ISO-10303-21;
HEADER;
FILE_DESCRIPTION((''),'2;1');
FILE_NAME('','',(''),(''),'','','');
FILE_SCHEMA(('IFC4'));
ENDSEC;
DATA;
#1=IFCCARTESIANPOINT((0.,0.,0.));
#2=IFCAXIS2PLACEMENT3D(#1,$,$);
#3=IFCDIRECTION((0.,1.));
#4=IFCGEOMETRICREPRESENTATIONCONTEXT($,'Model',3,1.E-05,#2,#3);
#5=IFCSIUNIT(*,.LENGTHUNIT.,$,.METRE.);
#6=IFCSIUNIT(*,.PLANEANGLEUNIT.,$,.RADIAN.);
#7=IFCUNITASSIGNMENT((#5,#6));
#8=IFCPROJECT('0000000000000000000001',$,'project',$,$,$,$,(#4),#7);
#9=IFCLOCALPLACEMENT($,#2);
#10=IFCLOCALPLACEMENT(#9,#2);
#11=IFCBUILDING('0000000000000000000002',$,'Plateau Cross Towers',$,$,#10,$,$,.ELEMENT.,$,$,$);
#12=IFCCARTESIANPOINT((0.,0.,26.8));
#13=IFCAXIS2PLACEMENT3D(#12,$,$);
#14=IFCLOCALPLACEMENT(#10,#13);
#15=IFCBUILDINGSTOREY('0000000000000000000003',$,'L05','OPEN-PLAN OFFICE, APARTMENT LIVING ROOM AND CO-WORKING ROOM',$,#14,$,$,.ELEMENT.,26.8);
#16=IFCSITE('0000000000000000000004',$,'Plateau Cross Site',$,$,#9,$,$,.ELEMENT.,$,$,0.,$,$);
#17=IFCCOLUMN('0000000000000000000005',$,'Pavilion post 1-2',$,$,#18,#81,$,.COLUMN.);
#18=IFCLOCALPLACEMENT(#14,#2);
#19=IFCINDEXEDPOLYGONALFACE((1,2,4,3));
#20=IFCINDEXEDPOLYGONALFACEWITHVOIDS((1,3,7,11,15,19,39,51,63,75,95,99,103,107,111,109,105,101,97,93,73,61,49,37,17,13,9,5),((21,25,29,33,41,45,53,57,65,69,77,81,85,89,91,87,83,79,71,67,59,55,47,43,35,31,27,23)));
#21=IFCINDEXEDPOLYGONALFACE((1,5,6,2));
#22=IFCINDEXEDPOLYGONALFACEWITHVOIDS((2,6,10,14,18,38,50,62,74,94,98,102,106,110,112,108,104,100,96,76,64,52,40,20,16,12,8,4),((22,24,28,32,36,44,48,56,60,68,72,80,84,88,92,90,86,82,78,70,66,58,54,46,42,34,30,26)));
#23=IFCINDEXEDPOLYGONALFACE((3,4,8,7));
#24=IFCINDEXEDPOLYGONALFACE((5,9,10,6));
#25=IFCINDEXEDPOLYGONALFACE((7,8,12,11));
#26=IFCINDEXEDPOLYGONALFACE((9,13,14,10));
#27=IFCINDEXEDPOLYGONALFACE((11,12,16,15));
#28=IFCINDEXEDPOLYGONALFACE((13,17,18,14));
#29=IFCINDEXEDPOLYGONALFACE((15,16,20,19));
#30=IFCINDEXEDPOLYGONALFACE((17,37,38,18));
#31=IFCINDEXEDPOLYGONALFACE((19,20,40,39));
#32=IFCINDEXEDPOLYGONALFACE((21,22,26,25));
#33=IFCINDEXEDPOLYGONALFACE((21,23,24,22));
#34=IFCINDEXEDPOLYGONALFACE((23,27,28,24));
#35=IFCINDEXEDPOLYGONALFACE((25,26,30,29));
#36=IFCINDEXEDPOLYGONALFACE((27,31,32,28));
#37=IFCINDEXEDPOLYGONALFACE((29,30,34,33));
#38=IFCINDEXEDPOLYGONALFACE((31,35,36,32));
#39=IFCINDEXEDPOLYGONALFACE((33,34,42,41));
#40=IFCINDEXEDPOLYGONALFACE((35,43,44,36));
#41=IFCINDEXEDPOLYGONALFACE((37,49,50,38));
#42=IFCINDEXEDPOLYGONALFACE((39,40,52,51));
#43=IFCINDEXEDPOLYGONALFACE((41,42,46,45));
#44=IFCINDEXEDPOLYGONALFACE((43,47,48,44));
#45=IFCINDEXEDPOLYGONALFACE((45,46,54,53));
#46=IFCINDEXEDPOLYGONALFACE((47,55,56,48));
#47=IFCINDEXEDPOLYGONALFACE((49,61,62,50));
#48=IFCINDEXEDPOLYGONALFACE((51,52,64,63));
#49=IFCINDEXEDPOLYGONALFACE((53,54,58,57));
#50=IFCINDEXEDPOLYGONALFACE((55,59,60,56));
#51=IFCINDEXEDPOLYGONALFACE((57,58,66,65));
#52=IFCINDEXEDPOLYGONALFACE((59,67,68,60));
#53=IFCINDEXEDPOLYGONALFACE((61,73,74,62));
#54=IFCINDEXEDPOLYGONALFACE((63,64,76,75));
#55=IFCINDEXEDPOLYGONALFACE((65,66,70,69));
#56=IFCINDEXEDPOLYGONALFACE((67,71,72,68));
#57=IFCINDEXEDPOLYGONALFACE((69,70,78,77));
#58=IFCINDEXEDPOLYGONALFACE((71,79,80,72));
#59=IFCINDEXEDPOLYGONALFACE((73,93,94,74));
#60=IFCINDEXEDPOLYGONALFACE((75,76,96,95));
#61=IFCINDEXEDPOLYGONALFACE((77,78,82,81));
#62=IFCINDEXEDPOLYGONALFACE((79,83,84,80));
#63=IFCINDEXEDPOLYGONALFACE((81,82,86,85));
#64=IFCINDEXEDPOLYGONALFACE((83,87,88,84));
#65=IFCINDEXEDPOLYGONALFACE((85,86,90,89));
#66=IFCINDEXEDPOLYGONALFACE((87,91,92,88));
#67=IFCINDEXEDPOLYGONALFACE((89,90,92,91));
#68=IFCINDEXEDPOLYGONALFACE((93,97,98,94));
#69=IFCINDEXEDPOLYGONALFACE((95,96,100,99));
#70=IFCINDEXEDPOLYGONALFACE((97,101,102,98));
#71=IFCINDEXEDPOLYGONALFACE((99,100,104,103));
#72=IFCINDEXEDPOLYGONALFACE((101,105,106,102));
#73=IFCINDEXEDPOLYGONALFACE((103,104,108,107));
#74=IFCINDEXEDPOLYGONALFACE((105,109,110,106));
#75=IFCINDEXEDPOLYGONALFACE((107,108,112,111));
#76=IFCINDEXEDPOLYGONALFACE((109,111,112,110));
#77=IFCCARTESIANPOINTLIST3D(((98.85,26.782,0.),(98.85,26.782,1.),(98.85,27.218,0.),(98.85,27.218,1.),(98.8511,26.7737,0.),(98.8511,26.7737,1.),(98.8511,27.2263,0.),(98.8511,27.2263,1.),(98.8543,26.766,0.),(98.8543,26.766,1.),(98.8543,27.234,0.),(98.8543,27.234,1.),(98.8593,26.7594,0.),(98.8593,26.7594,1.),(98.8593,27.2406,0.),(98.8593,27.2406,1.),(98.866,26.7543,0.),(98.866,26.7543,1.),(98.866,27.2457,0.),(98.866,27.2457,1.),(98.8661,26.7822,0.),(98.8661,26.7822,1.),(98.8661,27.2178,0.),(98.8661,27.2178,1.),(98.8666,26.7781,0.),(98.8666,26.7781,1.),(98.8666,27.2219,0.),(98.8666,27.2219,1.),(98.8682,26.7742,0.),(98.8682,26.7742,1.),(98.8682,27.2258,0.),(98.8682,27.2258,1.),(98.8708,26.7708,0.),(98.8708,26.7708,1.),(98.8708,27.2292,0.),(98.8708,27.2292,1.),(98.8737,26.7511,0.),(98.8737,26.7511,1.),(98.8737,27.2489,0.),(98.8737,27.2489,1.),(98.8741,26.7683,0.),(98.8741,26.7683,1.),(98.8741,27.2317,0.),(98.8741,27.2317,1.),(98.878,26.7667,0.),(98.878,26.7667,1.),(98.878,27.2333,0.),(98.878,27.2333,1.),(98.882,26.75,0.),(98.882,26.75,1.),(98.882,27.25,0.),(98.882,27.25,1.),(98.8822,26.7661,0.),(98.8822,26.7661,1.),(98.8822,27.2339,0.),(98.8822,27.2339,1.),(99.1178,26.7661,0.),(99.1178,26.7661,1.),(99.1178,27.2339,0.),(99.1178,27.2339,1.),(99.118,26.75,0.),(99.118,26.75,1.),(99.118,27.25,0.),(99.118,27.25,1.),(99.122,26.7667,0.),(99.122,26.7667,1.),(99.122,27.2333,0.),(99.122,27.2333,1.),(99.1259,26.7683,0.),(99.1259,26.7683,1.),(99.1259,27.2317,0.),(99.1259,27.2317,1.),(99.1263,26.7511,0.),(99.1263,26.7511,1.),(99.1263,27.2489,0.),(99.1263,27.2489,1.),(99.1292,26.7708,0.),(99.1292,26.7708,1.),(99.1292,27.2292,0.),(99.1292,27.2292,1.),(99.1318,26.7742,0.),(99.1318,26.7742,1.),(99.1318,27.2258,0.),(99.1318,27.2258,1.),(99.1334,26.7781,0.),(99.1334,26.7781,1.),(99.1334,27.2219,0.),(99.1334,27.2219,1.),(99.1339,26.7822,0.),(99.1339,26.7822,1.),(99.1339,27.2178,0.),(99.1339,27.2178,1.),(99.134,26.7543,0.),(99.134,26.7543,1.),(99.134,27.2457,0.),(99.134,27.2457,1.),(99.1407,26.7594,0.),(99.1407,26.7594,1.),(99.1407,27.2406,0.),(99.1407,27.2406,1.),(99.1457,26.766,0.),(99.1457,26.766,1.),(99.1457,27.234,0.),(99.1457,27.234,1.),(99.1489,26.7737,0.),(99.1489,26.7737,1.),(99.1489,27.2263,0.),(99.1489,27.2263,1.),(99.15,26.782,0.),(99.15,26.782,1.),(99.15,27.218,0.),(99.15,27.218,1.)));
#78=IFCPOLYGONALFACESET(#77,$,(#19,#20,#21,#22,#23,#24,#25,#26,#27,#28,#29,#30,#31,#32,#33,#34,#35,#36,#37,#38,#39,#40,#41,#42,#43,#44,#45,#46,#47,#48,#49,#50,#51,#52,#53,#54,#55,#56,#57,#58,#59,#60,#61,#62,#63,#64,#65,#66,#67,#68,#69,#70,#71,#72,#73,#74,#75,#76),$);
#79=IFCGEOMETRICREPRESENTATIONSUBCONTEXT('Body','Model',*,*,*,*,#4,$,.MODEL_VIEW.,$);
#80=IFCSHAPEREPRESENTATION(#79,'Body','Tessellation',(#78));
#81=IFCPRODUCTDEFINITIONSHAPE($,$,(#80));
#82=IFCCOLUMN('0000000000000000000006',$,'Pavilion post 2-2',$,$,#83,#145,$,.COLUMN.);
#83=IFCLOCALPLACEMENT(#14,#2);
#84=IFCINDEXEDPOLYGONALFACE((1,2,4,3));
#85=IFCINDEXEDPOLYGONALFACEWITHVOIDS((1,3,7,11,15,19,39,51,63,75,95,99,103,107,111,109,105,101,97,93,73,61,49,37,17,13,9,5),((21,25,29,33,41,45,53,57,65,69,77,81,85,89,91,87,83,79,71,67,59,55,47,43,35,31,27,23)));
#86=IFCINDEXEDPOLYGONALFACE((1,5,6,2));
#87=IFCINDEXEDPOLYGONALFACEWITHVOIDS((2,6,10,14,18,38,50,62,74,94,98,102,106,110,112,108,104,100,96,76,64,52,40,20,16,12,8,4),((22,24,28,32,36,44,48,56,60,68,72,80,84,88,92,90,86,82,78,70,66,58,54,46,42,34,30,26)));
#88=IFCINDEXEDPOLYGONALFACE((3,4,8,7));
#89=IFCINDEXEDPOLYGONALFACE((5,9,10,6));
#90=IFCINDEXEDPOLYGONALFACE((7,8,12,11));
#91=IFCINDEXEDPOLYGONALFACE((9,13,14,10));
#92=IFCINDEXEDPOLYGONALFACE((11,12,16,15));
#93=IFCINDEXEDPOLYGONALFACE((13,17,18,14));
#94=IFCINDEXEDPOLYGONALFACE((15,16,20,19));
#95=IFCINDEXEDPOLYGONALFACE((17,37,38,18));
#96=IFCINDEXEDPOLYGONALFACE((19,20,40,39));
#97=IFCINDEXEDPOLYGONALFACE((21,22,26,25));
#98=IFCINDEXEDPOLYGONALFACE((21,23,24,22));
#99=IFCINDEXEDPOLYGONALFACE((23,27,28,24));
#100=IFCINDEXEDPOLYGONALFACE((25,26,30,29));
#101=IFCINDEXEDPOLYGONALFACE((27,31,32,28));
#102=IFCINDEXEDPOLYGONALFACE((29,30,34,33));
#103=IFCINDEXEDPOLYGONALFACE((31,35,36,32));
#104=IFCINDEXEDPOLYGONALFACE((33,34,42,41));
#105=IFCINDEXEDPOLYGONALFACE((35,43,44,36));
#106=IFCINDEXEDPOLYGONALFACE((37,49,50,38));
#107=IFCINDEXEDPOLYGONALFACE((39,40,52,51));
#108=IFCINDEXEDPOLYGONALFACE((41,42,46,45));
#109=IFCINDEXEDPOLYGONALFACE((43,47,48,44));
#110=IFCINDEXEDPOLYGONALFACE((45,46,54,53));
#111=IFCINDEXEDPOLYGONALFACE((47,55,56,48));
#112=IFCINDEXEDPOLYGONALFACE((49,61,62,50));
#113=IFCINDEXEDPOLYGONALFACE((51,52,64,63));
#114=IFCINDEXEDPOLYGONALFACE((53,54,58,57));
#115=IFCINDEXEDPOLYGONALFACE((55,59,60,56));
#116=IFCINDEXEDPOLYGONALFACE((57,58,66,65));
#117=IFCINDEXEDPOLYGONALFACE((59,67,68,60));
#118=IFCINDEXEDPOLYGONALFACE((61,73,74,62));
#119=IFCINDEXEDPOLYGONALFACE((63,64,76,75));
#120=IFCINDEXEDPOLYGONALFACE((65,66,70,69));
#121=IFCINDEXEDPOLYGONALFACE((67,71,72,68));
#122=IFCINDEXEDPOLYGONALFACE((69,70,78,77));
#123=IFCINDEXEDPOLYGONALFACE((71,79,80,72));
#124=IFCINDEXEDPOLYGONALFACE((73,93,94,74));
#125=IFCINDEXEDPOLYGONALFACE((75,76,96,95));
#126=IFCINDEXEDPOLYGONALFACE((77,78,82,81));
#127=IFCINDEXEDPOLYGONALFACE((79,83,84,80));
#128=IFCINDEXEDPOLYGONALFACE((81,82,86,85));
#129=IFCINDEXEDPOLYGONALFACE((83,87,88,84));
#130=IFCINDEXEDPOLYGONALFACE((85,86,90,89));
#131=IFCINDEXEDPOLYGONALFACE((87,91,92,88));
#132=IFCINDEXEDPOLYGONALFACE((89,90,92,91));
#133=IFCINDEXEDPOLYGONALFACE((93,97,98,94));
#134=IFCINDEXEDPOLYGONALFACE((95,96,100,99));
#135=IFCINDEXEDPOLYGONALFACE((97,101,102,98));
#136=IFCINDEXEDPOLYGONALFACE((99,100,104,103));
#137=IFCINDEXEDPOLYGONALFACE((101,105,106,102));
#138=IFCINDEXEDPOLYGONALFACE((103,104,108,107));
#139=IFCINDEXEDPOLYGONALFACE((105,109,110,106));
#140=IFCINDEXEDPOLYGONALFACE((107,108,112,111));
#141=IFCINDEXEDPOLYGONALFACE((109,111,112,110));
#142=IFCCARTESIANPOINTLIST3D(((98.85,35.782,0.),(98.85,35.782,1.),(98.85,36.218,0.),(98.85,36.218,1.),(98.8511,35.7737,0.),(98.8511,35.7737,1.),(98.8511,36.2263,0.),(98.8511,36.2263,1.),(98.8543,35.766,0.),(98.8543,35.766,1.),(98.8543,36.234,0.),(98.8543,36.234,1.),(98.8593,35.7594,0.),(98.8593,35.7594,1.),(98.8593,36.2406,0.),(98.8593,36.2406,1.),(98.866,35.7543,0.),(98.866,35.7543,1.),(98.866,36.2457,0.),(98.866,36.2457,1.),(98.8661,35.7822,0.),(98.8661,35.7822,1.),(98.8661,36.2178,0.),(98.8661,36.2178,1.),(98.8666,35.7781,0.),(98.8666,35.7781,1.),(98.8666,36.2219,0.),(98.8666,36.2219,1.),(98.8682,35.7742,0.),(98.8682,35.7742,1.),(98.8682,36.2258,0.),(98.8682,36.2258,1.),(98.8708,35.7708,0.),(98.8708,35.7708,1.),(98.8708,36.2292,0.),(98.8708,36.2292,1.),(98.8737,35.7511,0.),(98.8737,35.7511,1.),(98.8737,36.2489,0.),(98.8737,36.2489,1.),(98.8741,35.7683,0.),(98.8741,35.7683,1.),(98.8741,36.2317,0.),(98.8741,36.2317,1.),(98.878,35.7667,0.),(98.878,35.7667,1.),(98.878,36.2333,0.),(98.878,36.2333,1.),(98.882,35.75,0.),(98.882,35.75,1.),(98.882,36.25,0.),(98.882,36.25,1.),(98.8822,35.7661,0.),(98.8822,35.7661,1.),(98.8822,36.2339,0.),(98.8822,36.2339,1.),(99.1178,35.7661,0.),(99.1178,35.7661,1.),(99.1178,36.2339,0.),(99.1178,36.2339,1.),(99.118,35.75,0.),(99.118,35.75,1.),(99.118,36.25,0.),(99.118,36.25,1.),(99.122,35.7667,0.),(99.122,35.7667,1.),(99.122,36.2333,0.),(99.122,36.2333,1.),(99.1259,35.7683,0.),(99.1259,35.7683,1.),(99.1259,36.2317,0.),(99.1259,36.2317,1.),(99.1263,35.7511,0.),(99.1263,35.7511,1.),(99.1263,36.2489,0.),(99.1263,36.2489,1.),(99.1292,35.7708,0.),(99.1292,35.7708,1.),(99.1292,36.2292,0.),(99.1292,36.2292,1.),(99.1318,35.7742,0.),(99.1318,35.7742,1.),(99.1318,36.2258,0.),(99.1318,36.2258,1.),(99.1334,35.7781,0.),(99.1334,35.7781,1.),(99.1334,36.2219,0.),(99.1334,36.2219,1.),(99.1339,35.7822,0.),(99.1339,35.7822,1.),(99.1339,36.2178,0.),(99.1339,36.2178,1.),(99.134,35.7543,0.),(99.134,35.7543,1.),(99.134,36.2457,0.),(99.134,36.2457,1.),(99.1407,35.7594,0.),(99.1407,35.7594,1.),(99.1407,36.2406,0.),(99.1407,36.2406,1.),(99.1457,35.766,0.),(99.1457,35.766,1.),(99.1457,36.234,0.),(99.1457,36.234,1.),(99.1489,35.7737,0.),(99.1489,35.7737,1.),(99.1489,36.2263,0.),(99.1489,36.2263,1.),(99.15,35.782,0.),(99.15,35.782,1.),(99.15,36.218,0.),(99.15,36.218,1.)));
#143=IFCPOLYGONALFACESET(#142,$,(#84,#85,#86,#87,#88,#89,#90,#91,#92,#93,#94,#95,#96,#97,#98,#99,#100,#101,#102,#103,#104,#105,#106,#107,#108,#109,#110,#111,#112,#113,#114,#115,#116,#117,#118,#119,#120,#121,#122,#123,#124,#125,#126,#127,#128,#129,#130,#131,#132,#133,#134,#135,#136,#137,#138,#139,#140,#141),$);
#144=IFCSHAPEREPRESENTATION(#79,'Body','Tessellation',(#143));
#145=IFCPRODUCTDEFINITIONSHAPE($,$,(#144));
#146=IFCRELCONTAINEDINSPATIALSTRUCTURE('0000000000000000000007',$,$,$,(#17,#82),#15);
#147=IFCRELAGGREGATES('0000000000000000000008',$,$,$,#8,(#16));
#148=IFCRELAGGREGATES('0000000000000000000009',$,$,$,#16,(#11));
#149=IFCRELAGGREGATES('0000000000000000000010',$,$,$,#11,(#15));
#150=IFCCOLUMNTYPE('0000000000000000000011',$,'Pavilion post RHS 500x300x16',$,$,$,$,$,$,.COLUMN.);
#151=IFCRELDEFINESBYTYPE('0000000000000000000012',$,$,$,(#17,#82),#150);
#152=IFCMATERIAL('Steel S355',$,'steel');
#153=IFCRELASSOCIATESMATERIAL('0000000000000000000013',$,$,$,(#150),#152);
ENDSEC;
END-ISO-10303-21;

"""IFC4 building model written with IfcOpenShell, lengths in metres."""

from ifc_helpers import new_model, si_unit, direction, frame, origin, origin_2d, place, context, subcontext, project, spatial, hollow_rectangle, extrude, material, material_profile, profile_set, type_object, element, save


model = new_model("IFC4")

# Units and contexts
model_context = context("Model", 3, precision=1e-05, world=origin(), true_north=direction((0.0, 1.0)))
body_context = subcontext(model_context, "Body", "Model", "MODEL_VIEW")
ifc_project = project(units=[si_unit("LENGTHUNIT", "METRE"), si_unit("PLANEANGLEUNIT", "RADIAN")], contexts=[model_context])

# Site, building, storey
site_placement = place(None, origin())
site = spatial("IfcSite", under=ifc_project, at=site_placement, Name="Plateau Cross Site", CompositionType="ELEMENT", RefElevation=0.0)
building_placement = place(site_placement, origin())
building = spatial("IfcBuilding", under=site, at=building_placement, Name="Plateau Cross Towers", CompositionType="ELEMENT")
storey_placement = place(building_placement, frame((0.0, 0.0, 26.8)))
storey = spatial("IfcBuildingStorey", under=building, at=storey_placement, Name="L05", Description="OPEN-PLAN OFFICE, APARTMENT LIVING ROOM AND CO-WORKING ROOM", CompositionType="ELEMENT", Elevation=26.8)

# Columns
ifc_material_1 = material(Name="Steel S355", Category="steel")
ifc_material_profile_1 = material_profile(ifc_material_1, hollow_rectangle(XDim=0.3, YDim=0.5, WallThickness=0.0161, InnerFilletRadius=0.0161, OuterFilletRadius=0.032, at=origin_2d()), Name="RHS 500x300x16")
ifc_profile_set_1 = profile_set([ifc_material_profile_1], Name="Steel S355")
column_type_1 = type_object("IfcColumnType", Name="Pavilion post RHS 500x300x16", PredefinedType="COLUMN", material=ifc_profile_set_1)
for number, where, z_axis, x_axis, name in (
    (1, (99.0, 27.0, 0.0), (0.0, 0.0, 1.0), (1.0, 0.0, 0.0), "Pavilion post 1-2"),
    (2, (99.0, 36.0, 0.0), (0.0, 0.0, 1.0), (1.0, 0.0, 0.0), "Pavilion post 2-2"),
):
    element("IfcColumn", number, at=place(storey_placement, frame(where, z_axis=z_axis, x_axis=x_axis)), inside=storey, type_object=column_type_1, Name=name, PredefinedType="COLUMN", context=body_context, shape_type="SweptSolid", body=[
        extrude(hollow_rectangle(XDim=0.3, YDim=0.5, WallThickness=0.0161, InnerFilletRadius=0.0161, OuterFilletRadius=0.032, at=origin_2d()), origin(), (0.0, 0.0, 1.0), 1.0),
    ])

save(model, "model.ifc")
